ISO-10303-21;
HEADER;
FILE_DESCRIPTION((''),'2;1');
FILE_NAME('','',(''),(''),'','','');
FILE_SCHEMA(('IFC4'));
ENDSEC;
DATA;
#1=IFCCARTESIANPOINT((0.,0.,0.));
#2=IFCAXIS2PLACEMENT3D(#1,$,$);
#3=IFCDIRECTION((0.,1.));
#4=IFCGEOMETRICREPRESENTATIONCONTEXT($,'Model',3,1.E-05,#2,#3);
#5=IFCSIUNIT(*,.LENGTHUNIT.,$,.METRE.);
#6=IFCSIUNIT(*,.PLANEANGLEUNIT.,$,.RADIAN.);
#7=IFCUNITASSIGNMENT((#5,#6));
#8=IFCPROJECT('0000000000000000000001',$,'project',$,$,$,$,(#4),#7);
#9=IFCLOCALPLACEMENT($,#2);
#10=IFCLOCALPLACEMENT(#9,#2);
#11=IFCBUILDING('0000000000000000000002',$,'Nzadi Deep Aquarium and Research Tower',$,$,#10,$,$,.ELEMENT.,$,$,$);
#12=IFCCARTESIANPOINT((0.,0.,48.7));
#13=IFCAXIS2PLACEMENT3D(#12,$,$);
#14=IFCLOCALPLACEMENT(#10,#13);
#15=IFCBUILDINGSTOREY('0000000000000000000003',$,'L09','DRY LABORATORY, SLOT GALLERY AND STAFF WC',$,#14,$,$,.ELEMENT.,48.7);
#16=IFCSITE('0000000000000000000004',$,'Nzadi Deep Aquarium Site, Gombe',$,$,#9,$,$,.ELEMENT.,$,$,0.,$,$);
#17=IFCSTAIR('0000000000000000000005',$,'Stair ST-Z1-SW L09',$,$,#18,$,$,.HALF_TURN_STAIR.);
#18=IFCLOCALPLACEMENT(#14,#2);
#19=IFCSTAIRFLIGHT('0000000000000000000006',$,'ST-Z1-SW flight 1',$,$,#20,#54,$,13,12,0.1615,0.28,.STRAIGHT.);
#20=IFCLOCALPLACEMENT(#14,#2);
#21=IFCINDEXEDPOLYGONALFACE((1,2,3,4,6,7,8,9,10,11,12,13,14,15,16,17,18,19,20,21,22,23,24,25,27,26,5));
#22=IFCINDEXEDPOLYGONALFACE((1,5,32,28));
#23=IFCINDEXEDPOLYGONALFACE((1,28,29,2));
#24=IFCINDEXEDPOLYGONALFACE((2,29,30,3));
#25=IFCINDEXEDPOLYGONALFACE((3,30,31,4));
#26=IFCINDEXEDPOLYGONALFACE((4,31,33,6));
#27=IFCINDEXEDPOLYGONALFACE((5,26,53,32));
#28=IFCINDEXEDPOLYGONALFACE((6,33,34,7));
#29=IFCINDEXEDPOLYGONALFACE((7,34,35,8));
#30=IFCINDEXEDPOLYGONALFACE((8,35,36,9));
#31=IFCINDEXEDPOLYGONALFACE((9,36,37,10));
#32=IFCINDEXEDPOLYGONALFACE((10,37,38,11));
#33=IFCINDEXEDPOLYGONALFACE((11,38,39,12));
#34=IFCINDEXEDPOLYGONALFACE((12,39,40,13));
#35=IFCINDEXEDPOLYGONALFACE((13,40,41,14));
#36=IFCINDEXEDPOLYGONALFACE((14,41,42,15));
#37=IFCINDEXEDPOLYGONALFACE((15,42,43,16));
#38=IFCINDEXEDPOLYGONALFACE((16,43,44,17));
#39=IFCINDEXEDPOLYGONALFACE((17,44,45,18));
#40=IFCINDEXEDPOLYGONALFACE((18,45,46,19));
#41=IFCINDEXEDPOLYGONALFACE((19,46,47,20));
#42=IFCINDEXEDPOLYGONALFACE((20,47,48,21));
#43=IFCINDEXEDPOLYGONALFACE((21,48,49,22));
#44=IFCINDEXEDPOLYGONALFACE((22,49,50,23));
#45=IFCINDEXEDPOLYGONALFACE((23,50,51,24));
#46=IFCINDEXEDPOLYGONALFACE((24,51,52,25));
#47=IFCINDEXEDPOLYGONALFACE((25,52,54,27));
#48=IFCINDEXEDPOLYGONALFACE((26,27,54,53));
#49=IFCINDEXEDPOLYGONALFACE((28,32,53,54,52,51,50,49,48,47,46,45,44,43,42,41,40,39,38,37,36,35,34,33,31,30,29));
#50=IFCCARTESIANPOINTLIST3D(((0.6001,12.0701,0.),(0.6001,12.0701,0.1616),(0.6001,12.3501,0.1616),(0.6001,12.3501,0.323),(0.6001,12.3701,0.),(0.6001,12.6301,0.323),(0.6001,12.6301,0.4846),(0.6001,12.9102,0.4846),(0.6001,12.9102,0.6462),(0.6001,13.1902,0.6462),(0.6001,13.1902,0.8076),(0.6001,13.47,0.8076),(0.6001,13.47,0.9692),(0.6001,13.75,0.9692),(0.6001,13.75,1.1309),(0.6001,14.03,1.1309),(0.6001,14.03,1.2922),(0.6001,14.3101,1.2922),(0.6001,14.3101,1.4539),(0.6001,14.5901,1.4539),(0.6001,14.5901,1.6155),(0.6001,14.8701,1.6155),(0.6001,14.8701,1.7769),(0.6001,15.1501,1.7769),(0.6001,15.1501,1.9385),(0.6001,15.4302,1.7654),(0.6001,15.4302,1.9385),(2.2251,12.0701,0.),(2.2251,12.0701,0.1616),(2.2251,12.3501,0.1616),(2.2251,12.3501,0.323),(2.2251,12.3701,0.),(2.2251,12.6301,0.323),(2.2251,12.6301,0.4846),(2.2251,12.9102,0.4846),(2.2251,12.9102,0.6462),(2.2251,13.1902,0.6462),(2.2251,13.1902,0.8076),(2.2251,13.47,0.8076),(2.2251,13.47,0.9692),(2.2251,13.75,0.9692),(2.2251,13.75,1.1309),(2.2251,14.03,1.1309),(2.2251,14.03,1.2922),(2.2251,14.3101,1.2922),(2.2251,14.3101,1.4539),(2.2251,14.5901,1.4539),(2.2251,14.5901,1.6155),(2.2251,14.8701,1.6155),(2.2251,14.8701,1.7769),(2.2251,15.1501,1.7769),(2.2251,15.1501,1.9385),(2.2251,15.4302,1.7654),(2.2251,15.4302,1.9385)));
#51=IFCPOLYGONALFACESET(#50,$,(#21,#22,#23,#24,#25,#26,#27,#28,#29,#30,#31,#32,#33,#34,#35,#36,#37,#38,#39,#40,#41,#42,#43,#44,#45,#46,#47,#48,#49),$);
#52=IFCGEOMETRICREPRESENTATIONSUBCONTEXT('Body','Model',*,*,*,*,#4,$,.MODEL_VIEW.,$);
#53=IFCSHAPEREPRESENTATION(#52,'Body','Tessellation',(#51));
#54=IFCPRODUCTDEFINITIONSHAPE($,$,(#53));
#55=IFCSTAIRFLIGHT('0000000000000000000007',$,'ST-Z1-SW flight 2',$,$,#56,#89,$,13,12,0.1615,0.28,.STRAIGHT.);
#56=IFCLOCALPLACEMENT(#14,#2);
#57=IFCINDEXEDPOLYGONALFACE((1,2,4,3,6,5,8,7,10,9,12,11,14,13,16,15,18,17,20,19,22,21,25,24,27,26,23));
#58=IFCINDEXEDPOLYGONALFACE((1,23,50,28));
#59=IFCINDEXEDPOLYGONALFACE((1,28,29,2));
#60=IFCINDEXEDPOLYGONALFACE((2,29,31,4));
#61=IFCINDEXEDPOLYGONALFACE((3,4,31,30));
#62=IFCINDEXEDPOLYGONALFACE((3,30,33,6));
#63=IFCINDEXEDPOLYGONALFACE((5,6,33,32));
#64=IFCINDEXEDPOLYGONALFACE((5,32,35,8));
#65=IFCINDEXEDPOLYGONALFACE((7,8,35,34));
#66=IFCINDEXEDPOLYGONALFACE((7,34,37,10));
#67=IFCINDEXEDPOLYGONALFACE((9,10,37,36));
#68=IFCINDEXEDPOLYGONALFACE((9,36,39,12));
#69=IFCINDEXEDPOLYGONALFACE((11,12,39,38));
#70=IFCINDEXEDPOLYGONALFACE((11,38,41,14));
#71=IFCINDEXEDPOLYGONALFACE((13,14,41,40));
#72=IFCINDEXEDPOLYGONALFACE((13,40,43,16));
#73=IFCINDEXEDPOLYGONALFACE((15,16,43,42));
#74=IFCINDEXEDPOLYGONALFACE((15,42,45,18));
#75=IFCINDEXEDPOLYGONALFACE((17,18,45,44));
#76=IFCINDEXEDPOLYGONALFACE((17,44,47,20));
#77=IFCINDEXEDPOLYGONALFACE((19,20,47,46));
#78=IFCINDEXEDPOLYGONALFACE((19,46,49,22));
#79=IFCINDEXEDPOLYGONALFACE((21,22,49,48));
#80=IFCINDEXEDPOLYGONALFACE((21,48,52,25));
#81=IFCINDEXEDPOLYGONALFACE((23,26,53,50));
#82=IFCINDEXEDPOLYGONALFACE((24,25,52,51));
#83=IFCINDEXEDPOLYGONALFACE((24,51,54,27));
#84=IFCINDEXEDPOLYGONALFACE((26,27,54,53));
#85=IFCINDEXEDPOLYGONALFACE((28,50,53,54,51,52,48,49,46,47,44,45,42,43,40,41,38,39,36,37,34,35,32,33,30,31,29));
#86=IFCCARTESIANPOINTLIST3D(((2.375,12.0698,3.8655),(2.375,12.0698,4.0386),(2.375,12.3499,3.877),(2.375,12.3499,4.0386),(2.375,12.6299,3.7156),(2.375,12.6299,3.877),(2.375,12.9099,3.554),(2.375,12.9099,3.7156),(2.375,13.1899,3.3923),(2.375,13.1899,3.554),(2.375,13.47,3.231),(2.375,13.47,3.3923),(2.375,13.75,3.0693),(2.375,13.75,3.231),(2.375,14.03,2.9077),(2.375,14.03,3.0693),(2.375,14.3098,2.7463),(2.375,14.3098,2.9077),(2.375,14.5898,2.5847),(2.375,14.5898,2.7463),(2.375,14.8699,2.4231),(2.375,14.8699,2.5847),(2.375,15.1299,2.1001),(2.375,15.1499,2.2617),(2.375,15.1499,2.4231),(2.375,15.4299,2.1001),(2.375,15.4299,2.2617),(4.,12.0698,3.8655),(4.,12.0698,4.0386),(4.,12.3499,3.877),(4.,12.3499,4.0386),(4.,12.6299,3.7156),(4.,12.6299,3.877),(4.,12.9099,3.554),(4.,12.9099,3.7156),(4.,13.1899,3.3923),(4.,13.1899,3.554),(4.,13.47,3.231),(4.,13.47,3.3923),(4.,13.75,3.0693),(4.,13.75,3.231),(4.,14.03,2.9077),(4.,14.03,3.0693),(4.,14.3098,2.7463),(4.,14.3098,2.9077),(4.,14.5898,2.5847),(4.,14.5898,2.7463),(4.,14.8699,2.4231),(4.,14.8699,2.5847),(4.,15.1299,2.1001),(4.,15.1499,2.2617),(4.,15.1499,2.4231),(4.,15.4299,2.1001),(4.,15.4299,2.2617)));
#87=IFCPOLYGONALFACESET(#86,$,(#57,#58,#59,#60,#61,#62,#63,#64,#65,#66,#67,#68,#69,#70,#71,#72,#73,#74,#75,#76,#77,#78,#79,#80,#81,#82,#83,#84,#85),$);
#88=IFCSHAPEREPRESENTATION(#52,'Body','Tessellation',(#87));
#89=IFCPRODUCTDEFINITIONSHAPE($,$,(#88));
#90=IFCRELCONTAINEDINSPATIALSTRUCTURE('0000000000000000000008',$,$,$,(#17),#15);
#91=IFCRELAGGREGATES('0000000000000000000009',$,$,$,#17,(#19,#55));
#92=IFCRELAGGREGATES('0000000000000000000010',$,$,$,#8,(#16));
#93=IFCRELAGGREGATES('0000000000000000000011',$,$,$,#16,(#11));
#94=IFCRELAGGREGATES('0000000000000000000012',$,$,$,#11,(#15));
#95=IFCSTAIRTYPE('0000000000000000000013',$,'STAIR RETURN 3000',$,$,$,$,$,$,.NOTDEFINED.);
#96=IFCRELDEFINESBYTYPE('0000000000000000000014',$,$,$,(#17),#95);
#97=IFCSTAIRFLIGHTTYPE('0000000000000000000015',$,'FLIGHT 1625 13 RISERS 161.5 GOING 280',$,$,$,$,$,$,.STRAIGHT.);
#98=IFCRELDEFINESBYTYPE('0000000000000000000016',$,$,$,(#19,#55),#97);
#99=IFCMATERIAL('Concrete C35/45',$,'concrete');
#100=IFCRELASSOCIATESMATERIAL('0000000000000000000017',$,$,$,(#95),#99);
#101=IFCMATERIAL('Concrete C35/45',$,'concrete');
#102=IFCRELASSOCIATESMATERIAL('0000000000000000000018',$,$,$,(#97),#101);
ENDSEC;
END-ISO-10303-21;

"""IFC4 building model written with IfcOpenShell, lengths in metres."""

from ifc_helpers import new_model, si_unit, direction, frame, origin, place, context, subcontext, project, spatial, polyline, outline, extrude, material, type_object, element, aggregate, save


model = new_model("IFC4")

# Units and contexts
model_context = context("Model", 3, precision=1e-05, world=origin(), true_north=direction((0.0, 1.0)))
body_context = subcontext(model_context, "Body", "Model", "MODEL_VIEW")
ifc_project = project(units=[si_unit("LENGTHUNIT", "METRE"), si_unit("PLANEANGLEUNIT", "RADIAN")], contexts=[model_context])

# Site, building, storey
site_placement = place(None, origin())
site = spatial("IfcSite", under=ifc_project, at=site_placement, Name="Nzadi Deep Aquarium Site, Gombe", CompositionType="ELEMENT", RefElevation=0.0)
building_placement = place(site_placement, origin())
building = spatial("IfcBuilding", under=site, at=building_placement, Name="Nzadi Deep Aquarium and Research Tower", CompositionType="ELEMENT")
storey_placement = place(building_placement, frame((0.0, 0.0, 48.7)))
storey = spatial("IfcBuildingStorey", under=building, at=storey_placement, Name="L09", Description="DRY LABORATORY, SLOT GALLERY AND STAFF WC", CompositionType="ELEMENT", Elevation=48.7)

# Stair, stair flights
ifc_material_1 = material(Name="Concrete C35/45", Category="concrete")
stair_type = type_object("IfcStairType", Name="STAIR RETURN 3000", PredefinedType="NOTDEFINED", material=ifc_material_1)
stair_placement = place(storey_placement, origin())
stair = element("IfcStair", 1, at=stair_placement, inside=storey, type_object=stair_type, Name="Stair ST-Z1-SW L09", PredefinedType="HALF_TURN_STAIR")
ifc_material_2 = material(Name="Concrete C35/45", Category="concrete")
stair_flight_type = type_object("IfcStairFlightType", Name="FLIGHT 1625 13 RISERS 161.5 GOING 280", PredefinedType="STRAIGHT", material=ifc_material_2)
stair_flight_1_placement = place(storey_placement, frame((1.4126, 12.0701, 0.0), z_axis=(0.0, 0.0, 1.0), x_axis=(0.0, 1.0, 0.0)))
stair_flight_1 = element("IfcStairFlight", 2, at=stair_flight_1_placement, type_object=stair_flight_type, Name="ST-Z1-SW flight 1", NumberOfRisers=13, NumberOfTreads=12, PredefinedType="STRAIGHT", RiserHeight=0.1615, TreadLength=0.28, context=body_context, shape_type="SweptSolid", body=[
    extrude(outline(polyline([(0.0, 0.0), (0.0, 0.1616), (0.28, 0.1616), (0.28, 0.323), (0.5601, 0.323), (0.5601, 0.4846), (0.8401, 0.4846), (0.8401, 0.6462), (1.1201, 0.6462), (1.1201, 0.8076), (1.3999, 0.8076), (1.3999, 0.9692), (1.6799, 0.9692), (1.6799, 1.1309), (1.96, 1.1309), (1.96, 1.2922), (2.24, 1.2922), (2.24, 1.4539), (2.52, 1.4539), (2.52, 1.6155), (2.8, 1.6155), (2.8, 1.7769), (3.0801, 1.7769), (3.0801, 1.9385), (3.3601, 1.9385), (3.3601, 2.1001), (3.3601, 1.7654), (0.3, 0.0), (0.0, 0.0)])), frame((0.0, 0.8125, 0.0), z_axis=(0.0, -1.0, 0.0), x_axis=(1.0, 0.0, 0.0)), (0.0, 0.0, 1.0), 1.625),
])
stair_flight_2_placement = place(storey_placement, frame((3.1875, 15.4299, 2.1001), z_axis=(0.0, 0.0, 1.0), x_axis=(0.0, -1.0, 0.0)))
stair_flight_2 = element("IfcStairFlight", 3, at=stair_flight_2_placement, type_object=stair_flight_type, Name="ST-Z1-SW flight 2", NumberOfRisers=13, NumberOfTreads=12, PredefinedType="STRAIGHT", RiserHeight=0.1615, TreadLength=0.28, context=body_context, shape_type="SweptSolid", body=[
    extrude(outline(polyline([(0.0, 0.0), (0.0, 0.1616), (0.28, 0.1616), (0.28, 0.323), (0.5601, 0.323), (0.5601, 0.4846), (0.8401, 0.4846), (0.8401, 0.6462), (1.1201, 0.6462), (1.1201, 0.8076), (1.3999, 0.8076), (1.3999, 0.9692), (1.6799, 0.9692), (1.6799, 1.1309), (1.96, 1.1309), (1.96, 1.2922), (2.24, 1.2922), (2.24, 1.4539), (2.52, 1.4539), (2.52, 1.6155), (2.8, 1.6155), (2.8, 1.7769), (3.0801, 1.7769), (3.0801, 1.9385), (3.3601, 1.9385), (3.3601, 2.1001), (3.3601, 1.7654), (0.3, 0.0), (0.0, 0.0)])), frame((0.0, 0.8125, 0.0), z_axis=(0.0, -1.0, 0.0), x_axis=(1.0, 0.0, 0.0)), (0.0, 0.0, 1.0), 1.625),
])
aggregate(stair, [stair_flight_1, stair_flight_2])

save(model, "model.ifc")
